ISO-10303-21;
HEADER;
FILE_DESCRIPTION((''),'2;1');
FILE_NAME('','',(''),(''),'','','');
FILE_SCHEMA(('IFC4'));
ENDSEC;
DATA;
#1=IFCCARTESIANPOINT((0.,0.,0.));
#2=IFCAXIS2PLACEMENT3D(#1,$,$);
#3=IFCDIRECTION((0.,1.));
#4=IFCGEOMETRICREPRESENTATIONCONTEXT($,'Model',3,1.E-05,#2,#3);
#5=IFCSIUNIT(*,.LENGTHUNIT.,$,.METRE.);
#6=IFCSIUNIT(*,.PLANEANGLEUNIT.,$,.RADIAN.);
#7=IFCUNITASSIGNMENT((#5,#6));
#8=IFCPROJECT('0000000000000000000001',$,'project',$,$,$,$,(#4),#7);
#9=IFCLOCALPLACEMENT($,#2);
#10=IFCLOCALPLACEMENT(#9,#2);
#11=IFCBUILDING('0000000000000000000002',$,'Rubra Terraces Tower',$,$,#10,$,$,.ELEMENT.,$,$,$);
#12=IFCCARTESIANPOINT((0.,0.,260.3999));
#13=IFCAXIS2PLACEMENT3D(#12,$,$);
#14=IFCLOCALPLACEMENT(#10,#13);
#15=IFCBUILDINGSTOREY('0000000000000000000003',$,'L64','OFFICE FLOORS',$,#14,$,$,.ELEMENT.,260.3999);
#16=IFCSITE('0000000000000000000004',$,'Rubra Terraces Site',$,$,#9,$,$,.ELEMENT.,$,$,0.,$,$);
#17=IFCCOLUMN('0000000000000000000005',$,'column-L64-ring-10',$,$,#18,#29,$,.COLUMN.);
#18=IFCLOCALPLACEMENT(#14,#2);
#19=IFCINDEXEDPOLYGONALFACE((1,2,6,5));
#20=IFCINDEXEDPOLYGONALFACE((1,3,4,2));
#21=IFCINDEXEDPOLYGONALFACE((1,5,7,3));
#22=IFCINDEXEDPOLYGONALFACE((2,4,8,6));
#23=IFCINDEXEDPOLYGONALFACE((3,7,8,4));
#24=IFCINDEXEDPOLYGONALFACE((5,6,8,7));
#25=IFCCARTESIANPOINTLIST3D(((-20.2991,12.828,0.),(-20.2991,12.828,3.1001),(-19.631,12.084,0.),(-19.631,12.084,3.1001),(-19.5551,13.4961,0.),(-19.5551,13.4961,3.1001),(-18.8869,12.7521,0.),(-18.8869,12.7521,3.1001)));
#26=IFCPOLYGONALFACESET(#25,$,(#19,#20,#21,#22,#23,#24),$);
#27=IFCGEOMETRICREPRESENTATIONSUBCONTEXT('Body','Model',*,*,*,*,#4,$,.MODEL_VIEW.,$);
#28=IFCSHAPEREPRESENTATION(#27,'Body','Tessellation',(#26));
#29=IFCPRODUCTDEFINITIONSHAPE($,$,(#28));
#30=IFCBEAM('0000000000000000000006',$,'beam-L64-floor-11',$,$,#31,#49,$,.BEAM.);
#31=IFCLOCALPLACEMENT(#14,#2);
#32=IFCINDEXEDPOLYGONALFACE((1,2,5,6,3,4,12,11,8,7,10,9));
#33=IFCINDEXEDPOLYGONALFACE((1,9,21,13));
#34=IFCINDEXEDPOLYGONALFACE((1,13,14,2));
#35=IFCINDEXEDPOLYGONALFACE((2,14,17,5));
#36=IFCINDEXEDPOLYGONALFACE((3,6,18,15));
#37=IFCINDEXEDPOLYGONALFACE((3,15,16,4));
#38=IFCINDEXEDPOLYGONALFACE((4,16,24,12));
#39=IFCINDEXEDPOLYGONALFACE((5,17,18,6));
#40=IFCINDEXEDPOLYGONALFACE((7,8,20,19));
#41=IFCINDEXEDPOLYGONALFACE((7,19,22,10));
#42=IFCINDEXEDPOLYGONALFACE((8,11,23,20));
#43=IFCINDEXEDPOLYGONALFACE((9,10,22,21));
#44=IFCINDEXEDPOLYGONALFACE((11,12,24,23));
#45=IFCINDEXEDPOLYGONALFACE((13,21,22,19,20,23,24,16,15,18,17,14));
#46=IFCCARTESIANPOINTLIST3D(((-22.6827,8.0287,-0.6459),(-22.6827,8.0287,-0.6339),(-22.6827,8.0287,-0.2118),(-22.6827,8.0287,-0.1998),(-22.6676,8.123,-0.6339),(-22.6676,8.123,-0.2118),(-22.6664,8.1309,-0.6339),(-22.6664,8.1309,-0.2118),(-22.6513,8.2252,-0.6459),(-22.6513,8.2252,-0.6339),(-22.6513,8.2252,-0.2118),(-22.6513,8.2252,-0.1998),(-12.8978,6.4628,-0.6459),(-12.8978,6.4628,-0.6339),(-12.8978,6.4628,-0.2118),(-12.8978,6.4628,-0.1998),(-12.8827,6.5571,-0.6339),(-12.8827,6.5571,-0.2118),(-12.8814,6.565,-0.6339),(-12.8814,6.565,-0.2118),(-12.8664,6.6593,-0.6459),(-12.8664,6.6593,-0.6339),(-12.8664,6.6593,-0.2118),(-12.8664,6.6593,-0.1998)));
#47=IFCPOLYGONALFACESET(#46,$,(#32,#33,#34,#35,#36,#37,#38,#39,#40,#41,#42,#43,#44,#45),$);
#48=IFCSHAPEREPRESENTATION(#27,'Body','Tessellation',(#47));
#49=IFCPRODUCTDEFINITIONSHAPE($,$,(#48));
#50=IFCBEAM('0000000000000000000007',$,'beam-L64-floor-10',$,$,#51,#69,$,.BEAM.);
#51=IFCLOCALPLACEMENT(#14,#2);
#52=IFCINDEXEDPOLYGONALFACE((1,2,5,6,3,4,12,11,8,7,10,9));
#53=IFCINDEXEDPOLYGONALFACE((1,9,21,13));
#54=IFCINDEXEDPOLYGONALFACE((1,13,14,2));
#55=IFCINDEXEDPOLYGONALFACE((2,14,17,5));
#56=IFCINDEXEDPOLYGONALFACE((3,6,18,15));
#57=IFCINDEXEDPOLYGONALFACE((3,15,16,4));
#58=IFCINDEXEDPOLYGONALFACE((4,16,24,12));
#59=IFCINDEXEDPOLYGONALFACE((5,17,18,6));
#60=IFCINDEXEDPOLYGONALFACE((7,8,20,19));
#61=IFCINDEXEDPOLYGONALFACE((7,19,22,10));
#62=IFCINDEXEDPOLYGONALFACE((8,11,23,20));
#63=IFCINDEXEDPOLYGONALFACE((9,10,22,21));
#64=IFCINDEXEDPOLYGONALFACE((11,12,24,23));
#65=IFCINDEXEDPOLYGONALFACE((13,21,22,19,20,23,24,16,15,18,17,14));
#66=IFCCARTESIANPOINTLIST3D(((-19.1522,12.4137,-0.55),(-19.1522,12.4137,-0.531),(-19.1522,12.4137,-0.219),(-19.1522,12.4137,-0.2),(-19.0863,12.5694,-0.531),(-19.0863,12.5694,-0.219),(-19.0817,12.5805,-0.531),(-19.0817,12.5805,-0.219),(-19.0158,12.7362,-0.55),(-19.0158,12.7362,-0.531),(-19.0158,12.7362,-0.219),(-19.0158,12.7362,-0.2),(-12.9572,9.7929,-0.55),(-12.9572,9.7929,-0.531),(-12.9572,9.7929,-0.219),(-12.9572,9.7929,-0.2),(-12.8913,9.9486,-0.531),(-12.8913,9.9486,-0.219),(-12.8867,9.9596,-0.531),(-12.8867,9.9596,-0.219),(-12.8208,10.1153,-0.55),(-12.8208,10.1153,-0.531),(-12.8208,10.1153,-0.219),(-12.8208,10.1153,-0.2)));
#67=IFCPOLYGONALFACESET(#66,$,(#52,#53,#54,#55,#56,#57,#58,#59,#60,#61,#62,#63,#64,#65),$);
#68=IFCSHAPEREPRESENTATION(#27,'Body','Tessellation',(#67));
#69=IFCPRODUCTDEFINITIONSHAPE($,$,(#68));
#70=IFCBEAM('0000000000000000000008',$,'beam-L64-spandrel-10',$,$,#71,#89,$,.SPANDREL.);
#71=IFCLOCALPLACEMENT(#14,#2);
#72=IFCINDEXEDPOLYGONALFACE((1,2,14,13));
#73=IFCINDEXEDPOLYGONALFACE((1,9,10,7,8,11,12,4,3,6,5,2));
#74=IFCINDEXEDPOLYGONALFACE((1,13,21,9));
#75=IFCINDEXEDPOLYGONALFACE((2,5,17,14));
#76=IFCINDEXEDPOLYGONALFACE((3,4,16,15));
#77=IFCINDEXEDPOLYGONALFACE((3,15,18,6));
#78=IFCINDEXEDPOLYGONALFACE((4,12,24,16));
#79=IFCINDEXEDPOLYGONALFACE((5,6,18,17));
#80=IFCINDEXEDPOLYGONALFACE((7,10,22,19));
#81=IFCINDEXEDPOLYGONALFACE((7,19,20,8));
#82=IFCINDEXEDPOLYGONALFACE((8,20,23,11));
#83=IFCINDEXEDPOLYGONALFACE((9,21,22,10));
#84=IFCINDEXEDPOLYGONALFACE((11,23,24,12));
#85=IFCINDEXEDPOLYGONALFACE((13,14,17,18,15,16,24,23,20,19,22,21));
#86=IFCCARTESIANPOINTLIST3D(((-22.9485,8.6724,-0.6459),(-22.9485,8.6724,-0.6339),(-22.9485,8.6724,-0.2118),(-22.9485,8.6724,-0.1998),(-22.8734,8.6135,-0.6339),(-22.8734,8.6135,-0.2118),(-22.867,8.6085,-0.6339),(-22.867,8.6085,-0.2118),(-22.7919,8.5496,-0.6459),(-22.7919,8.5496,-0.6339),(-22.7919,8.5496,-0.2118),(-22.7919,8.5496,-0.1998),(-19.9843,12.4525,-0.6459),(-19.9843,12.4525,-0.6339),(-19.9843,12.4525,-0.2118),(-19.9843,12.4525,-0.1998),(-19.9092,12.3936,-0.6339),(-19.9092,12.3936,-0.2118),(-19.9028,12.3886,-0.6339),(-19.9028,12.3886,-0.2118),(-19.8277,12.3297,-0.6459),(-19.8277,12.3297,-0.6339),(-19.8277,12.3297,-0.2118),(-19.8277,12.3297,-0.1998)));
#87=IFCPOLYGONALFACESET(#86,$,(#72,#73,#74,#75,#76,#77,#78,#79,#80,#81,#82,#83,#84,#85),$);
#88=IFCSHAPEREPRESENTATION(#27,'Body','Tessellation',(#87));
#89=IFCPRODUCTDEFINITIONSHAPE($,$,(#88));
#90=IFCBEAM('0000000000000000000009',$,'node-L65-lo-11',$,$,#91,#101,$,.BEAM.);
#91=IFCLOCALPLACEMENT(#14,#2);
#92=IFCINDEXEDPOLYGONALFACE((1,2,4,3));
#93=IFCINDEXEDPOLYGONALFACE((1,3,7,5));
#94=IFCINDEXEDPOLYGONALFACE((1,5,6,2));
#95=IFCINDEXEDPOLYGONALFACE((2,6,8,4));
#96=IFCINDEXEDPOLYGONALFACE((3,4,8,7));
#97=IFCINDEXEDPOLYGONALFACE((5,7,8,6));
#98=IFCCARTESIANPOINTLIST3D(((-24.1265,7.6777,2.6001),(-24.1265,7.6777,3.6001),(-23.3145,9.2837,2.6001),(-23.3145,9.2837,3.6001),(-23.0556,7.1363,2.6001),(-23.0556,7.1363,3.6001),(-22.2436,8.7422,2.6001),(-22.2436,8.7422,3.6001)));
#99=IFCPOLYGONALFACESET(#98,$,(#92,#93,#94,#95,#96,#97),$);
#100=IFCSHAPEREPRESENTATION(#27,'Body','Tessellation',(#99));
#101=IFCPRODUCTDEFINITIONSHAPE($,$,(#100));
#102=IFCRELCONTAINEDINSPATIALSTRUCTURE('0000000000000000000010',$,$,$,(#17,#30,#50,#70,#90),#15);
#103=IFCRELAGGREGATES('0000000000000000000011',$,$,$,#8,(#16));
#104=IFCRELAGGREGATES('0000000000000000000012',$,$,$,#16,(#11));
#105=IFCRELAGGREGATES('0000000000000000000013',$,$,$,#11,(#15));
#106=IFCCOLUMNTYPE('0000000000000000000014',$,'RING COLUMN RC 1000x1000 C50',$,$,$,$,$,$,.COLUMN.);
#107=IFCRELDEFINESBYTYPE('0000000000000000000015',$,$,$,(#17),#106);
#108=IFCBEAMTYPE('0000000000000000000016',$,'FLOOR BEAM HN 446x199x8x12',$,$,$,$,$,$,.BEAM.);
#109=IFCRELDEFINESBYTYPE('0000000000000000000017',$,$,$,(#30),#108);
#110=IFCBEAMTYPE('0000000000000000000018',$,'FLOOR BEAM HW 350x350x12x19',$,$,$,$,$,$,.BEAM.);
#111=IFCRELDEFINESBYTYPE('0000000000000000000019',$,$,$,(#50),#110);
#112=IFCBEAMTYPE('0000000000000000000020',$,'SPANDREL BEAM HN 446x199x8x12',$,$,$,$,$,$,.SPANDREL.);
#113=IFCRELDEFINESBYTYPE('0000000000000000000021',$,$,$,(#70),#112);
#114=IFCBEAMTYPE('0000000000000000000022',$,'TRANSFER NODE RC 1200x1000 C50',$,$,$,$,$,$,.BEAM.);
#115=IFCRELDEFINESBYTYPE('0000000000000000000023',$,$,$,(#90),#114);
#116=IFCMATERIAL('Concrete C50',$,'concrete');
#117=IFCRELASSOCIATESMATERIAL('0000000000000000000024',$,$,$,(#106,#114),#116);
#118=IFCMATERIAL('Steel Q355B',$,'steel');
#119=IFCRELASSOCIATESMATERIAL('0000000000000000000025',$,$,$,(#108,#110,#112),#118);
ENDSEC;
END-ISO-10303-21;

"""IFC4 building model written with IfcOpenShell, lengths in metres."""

from ifc_helpers import new_model, si_unit, direction, frame, origin, origin_2d, place, context, subcontext, project, spatial, rectangle, i_section, extrude, material, material_profile, profile_set, type_object, element, save


model = new_model("IFC4")

# Units and contexts
model_context = context("Model", 3, precision=1e-05, world=origin(), true_north=direction((0.0, 1.0)))
body_context = subcontext(model_context, "Body", "Model", "MODEL_VIEW")
ifc_project = project(units=[si_unit("LENGTHUNIT", "METRE"), si_unit("PLANEANGLEUNIT", "RADIAN")], contexts=[model_context])

# Site, building, storey
site_placement = place(None, origin())
site = spatial("IfcSite", under=ifc_project, at=site_placement, Name="Rubra Terraces Site", CompositionType="ELEMENT", RefElevation=0.0)
building_placement = place(site_placement, origin())
building = spatial("IfcBuilding", under=site, at=building_placement, Name="Rubra Terraces Tower", CompositionType="ELEMENT")
storey_placement = place(building_placement, frame((0.0, 0.0, 260.3999)))
storey = spatial("IfcBuildingStorey", under=building, at=storey_placement, Name="L64", Description="OFFICE FLOORS", CompositionType="ELEMENT", Elevation=260.3999)

# Column
ifc_material_1 = material(Name="Concrete C50", Category="concrete")
ifc_material_profile_1 = material_profile(ifc_material_1, rectangle(XDim=1.0, YDim=1.0, at=origin_2d()), Name="RC 1000x1000")
ifc_profile_set_1 = profile_set([ifc_material_profile_1], Name="Concrete C50")
column_type = type_object("IfcColumnType", Name="RING COLUMN RC 1000x1000 C50", PredefinedType="COLUMN", material=ifc_profile_set_1)
column_placement = place(storey_placement, frame((-19.593, 12.79, 0.0), z_axis=(0.0, 0.0, 1.0), x_axis=(-0.744021, -0.668156, 0.0)))
element("IfcColumn", 1, at=column_placement, inside=storey, type_object=column_type, Name="column-L64-ring-10", PredefinedType="COLUMN", context=body_context, shape_type="SweptSolid", body=[
    extrude(rectangle(XDim=1.0, YDim=1.0, at=origin_2d()), origin(), (0.0, 0.0, 1.0), 3.1001),
])

# Beams
ifc_material_2 = material(Name="Steel Q355B", Category="steel")
ifc_material_profile_2 = material_profile(ifc_material_2, i_section(OverallWidth=0.199, OverallDepth=0.446, WebThickness=0.0081, FlangeThickness=0.012, at=origin_2d()), Name="HN 446x199x8x12")
ifc_profile_set_2 = profile_set([ifc_material_profile_2], Name="Steel Q355B")
beam_type_1 = type_object("IfcBeamType", Name="FLOOR BEAM HN 446x199x8x12", PredefinedType="BEAM", material=ifc_profile_set_2)
beam_1_placement = place(storey_placement, frame((-22.667, 8.127, -0.4229), z_axis=(0.987435, -0.158023, 0.0), x_axis=(0.158023, 0.987435, 0.0)))
element("IfcBeam", 2, at=beam_1_placement, inside=storey, type_object=beam_type_1, Name="beam-L64-floor-11", PredefinedType="BEAM", context=body_context, shape_type="SweptSolid", body=[
    extrude(i_section(OverallWidth=0.199, OverallDepth=0.446, WebThickness=0.0081, FlangeThickness=0.012, at=origin_2d()), origin(), (0.0, 0.0, 1.0), 9.9094),
])
ifc_material_profile_3 = material_profile(ifc_material_2, i_section(OverallWidth=0.3501, OverallDepth=0.3501, WebThickness=0.012, FlangeThickness=0.019, at=origin_2d()), Name="HW 350x350x12x19")
ifc_profile_set_3 = profile_set([ifc_material_profile_3], Name="Steel Q355B")
beam_type_2 = type_object("IfcBeamType", Name="FLOOR BEAM HW 350x350x12x19", PredefinedType="BEAM", material=ifc_profile_set_3)
beam_2_placement = place(storey_placement, frame((-19.084, 12.575, -0.375), z_axis=(0.920975, -0.389622, 0.0), x_axis=(0.389622, 0.920975, 0.0)))
element("IfcBeam", 3, at=beam_2_placement, inside=storey, type_object=beam_type_2, Name="beam-L64-floor-10", PredefinedType="BEAM", context=body_context, shape_type="SweptSolid", body=[
    extrude(i_section(OverallWidth=0.3501, OverallDepth=0.3501, WebThickness=0.012, FlangeThickness=0.019, at=origin_2d()), origin(), (0.0, 0.0, 1.0), 6.7266),
])
ifc_material_profile_4 = material_profile(ifc_material_2, i_section(OverallWidth=0.199, OverallDepth=0.446, WebThickness=0.0081, FlangeThickness=0.012, at=origin_2d()), Name="HN 446x199x8x12")
ifc_profile_set_4 = profile_set([ifc_material_profile_4], Name="Steel Q355B")
beam_type_3 = type_object("IfcBeamType", Name="SPANDREL BEAM HN 446x199x8x12", PredefinedType="SPANDREL", material=ifc_profile_set_4)
beam_3_placement = place(storey_placement, frame((-19.906, 12.3911, -0.4229), z_axis=(-0.61706, -0.786916, 0.0), x_axis=(0.786916, -0.61706, 0.0)))
element("IfcBeam", 4, at=beam_3_placement, inside=storey, type_object=beam_type_3, Name="beam-L64-spandrel-10", PredefinedType="SPANDREL", context=body_context, shape_type="SweptSolid", body=[
    extrude(i_section(OverallWidth=0.199, OverallDepth=0.446, WebThickness=0.0081, FlangeThickness=0.012, at=origin_2d()), origin(), (0.0, 0.0, 1.0), 4.8037),
])
ifc_material_profile_5 = material_profile(ifc_material_1, rectangle(XDim=1.2, YDim=1.0, at=origin_2d()), Name="RC 1200x1000")
ifc_profile_set_5 = profile_set([ifc_material_profile_5], Name="Concrete C50")
beam_type_4 = type_object("IfcBeamType", Name="TRANSFER NODE RC 1200x1000 C50", PredefinedType="BEAM", material=ifc_profile_set_5)
beam_4_placement = place(storey_placement, frame((-22.7791, 9.0129, 3.1001), z_axis=(-0.451225, -0.89241, 0.0), x_axis=(0.89241, -0.451225, 0.0)))
element("IfcBeam", 5, at=beam_4_placement, inside=storey, type_object=beam_type_4, Name="node-L65-lo-11", PredefinedType="BEAM", context=body_context, shape_type="SweptSolid", body=[
    extrude(rectangle(XDim=1.2, YDim=1.0, at=origin_2d()), origin(), (0.0, 0.0, 1.0), 1.7996),
])

save(model, "model.ifc")
